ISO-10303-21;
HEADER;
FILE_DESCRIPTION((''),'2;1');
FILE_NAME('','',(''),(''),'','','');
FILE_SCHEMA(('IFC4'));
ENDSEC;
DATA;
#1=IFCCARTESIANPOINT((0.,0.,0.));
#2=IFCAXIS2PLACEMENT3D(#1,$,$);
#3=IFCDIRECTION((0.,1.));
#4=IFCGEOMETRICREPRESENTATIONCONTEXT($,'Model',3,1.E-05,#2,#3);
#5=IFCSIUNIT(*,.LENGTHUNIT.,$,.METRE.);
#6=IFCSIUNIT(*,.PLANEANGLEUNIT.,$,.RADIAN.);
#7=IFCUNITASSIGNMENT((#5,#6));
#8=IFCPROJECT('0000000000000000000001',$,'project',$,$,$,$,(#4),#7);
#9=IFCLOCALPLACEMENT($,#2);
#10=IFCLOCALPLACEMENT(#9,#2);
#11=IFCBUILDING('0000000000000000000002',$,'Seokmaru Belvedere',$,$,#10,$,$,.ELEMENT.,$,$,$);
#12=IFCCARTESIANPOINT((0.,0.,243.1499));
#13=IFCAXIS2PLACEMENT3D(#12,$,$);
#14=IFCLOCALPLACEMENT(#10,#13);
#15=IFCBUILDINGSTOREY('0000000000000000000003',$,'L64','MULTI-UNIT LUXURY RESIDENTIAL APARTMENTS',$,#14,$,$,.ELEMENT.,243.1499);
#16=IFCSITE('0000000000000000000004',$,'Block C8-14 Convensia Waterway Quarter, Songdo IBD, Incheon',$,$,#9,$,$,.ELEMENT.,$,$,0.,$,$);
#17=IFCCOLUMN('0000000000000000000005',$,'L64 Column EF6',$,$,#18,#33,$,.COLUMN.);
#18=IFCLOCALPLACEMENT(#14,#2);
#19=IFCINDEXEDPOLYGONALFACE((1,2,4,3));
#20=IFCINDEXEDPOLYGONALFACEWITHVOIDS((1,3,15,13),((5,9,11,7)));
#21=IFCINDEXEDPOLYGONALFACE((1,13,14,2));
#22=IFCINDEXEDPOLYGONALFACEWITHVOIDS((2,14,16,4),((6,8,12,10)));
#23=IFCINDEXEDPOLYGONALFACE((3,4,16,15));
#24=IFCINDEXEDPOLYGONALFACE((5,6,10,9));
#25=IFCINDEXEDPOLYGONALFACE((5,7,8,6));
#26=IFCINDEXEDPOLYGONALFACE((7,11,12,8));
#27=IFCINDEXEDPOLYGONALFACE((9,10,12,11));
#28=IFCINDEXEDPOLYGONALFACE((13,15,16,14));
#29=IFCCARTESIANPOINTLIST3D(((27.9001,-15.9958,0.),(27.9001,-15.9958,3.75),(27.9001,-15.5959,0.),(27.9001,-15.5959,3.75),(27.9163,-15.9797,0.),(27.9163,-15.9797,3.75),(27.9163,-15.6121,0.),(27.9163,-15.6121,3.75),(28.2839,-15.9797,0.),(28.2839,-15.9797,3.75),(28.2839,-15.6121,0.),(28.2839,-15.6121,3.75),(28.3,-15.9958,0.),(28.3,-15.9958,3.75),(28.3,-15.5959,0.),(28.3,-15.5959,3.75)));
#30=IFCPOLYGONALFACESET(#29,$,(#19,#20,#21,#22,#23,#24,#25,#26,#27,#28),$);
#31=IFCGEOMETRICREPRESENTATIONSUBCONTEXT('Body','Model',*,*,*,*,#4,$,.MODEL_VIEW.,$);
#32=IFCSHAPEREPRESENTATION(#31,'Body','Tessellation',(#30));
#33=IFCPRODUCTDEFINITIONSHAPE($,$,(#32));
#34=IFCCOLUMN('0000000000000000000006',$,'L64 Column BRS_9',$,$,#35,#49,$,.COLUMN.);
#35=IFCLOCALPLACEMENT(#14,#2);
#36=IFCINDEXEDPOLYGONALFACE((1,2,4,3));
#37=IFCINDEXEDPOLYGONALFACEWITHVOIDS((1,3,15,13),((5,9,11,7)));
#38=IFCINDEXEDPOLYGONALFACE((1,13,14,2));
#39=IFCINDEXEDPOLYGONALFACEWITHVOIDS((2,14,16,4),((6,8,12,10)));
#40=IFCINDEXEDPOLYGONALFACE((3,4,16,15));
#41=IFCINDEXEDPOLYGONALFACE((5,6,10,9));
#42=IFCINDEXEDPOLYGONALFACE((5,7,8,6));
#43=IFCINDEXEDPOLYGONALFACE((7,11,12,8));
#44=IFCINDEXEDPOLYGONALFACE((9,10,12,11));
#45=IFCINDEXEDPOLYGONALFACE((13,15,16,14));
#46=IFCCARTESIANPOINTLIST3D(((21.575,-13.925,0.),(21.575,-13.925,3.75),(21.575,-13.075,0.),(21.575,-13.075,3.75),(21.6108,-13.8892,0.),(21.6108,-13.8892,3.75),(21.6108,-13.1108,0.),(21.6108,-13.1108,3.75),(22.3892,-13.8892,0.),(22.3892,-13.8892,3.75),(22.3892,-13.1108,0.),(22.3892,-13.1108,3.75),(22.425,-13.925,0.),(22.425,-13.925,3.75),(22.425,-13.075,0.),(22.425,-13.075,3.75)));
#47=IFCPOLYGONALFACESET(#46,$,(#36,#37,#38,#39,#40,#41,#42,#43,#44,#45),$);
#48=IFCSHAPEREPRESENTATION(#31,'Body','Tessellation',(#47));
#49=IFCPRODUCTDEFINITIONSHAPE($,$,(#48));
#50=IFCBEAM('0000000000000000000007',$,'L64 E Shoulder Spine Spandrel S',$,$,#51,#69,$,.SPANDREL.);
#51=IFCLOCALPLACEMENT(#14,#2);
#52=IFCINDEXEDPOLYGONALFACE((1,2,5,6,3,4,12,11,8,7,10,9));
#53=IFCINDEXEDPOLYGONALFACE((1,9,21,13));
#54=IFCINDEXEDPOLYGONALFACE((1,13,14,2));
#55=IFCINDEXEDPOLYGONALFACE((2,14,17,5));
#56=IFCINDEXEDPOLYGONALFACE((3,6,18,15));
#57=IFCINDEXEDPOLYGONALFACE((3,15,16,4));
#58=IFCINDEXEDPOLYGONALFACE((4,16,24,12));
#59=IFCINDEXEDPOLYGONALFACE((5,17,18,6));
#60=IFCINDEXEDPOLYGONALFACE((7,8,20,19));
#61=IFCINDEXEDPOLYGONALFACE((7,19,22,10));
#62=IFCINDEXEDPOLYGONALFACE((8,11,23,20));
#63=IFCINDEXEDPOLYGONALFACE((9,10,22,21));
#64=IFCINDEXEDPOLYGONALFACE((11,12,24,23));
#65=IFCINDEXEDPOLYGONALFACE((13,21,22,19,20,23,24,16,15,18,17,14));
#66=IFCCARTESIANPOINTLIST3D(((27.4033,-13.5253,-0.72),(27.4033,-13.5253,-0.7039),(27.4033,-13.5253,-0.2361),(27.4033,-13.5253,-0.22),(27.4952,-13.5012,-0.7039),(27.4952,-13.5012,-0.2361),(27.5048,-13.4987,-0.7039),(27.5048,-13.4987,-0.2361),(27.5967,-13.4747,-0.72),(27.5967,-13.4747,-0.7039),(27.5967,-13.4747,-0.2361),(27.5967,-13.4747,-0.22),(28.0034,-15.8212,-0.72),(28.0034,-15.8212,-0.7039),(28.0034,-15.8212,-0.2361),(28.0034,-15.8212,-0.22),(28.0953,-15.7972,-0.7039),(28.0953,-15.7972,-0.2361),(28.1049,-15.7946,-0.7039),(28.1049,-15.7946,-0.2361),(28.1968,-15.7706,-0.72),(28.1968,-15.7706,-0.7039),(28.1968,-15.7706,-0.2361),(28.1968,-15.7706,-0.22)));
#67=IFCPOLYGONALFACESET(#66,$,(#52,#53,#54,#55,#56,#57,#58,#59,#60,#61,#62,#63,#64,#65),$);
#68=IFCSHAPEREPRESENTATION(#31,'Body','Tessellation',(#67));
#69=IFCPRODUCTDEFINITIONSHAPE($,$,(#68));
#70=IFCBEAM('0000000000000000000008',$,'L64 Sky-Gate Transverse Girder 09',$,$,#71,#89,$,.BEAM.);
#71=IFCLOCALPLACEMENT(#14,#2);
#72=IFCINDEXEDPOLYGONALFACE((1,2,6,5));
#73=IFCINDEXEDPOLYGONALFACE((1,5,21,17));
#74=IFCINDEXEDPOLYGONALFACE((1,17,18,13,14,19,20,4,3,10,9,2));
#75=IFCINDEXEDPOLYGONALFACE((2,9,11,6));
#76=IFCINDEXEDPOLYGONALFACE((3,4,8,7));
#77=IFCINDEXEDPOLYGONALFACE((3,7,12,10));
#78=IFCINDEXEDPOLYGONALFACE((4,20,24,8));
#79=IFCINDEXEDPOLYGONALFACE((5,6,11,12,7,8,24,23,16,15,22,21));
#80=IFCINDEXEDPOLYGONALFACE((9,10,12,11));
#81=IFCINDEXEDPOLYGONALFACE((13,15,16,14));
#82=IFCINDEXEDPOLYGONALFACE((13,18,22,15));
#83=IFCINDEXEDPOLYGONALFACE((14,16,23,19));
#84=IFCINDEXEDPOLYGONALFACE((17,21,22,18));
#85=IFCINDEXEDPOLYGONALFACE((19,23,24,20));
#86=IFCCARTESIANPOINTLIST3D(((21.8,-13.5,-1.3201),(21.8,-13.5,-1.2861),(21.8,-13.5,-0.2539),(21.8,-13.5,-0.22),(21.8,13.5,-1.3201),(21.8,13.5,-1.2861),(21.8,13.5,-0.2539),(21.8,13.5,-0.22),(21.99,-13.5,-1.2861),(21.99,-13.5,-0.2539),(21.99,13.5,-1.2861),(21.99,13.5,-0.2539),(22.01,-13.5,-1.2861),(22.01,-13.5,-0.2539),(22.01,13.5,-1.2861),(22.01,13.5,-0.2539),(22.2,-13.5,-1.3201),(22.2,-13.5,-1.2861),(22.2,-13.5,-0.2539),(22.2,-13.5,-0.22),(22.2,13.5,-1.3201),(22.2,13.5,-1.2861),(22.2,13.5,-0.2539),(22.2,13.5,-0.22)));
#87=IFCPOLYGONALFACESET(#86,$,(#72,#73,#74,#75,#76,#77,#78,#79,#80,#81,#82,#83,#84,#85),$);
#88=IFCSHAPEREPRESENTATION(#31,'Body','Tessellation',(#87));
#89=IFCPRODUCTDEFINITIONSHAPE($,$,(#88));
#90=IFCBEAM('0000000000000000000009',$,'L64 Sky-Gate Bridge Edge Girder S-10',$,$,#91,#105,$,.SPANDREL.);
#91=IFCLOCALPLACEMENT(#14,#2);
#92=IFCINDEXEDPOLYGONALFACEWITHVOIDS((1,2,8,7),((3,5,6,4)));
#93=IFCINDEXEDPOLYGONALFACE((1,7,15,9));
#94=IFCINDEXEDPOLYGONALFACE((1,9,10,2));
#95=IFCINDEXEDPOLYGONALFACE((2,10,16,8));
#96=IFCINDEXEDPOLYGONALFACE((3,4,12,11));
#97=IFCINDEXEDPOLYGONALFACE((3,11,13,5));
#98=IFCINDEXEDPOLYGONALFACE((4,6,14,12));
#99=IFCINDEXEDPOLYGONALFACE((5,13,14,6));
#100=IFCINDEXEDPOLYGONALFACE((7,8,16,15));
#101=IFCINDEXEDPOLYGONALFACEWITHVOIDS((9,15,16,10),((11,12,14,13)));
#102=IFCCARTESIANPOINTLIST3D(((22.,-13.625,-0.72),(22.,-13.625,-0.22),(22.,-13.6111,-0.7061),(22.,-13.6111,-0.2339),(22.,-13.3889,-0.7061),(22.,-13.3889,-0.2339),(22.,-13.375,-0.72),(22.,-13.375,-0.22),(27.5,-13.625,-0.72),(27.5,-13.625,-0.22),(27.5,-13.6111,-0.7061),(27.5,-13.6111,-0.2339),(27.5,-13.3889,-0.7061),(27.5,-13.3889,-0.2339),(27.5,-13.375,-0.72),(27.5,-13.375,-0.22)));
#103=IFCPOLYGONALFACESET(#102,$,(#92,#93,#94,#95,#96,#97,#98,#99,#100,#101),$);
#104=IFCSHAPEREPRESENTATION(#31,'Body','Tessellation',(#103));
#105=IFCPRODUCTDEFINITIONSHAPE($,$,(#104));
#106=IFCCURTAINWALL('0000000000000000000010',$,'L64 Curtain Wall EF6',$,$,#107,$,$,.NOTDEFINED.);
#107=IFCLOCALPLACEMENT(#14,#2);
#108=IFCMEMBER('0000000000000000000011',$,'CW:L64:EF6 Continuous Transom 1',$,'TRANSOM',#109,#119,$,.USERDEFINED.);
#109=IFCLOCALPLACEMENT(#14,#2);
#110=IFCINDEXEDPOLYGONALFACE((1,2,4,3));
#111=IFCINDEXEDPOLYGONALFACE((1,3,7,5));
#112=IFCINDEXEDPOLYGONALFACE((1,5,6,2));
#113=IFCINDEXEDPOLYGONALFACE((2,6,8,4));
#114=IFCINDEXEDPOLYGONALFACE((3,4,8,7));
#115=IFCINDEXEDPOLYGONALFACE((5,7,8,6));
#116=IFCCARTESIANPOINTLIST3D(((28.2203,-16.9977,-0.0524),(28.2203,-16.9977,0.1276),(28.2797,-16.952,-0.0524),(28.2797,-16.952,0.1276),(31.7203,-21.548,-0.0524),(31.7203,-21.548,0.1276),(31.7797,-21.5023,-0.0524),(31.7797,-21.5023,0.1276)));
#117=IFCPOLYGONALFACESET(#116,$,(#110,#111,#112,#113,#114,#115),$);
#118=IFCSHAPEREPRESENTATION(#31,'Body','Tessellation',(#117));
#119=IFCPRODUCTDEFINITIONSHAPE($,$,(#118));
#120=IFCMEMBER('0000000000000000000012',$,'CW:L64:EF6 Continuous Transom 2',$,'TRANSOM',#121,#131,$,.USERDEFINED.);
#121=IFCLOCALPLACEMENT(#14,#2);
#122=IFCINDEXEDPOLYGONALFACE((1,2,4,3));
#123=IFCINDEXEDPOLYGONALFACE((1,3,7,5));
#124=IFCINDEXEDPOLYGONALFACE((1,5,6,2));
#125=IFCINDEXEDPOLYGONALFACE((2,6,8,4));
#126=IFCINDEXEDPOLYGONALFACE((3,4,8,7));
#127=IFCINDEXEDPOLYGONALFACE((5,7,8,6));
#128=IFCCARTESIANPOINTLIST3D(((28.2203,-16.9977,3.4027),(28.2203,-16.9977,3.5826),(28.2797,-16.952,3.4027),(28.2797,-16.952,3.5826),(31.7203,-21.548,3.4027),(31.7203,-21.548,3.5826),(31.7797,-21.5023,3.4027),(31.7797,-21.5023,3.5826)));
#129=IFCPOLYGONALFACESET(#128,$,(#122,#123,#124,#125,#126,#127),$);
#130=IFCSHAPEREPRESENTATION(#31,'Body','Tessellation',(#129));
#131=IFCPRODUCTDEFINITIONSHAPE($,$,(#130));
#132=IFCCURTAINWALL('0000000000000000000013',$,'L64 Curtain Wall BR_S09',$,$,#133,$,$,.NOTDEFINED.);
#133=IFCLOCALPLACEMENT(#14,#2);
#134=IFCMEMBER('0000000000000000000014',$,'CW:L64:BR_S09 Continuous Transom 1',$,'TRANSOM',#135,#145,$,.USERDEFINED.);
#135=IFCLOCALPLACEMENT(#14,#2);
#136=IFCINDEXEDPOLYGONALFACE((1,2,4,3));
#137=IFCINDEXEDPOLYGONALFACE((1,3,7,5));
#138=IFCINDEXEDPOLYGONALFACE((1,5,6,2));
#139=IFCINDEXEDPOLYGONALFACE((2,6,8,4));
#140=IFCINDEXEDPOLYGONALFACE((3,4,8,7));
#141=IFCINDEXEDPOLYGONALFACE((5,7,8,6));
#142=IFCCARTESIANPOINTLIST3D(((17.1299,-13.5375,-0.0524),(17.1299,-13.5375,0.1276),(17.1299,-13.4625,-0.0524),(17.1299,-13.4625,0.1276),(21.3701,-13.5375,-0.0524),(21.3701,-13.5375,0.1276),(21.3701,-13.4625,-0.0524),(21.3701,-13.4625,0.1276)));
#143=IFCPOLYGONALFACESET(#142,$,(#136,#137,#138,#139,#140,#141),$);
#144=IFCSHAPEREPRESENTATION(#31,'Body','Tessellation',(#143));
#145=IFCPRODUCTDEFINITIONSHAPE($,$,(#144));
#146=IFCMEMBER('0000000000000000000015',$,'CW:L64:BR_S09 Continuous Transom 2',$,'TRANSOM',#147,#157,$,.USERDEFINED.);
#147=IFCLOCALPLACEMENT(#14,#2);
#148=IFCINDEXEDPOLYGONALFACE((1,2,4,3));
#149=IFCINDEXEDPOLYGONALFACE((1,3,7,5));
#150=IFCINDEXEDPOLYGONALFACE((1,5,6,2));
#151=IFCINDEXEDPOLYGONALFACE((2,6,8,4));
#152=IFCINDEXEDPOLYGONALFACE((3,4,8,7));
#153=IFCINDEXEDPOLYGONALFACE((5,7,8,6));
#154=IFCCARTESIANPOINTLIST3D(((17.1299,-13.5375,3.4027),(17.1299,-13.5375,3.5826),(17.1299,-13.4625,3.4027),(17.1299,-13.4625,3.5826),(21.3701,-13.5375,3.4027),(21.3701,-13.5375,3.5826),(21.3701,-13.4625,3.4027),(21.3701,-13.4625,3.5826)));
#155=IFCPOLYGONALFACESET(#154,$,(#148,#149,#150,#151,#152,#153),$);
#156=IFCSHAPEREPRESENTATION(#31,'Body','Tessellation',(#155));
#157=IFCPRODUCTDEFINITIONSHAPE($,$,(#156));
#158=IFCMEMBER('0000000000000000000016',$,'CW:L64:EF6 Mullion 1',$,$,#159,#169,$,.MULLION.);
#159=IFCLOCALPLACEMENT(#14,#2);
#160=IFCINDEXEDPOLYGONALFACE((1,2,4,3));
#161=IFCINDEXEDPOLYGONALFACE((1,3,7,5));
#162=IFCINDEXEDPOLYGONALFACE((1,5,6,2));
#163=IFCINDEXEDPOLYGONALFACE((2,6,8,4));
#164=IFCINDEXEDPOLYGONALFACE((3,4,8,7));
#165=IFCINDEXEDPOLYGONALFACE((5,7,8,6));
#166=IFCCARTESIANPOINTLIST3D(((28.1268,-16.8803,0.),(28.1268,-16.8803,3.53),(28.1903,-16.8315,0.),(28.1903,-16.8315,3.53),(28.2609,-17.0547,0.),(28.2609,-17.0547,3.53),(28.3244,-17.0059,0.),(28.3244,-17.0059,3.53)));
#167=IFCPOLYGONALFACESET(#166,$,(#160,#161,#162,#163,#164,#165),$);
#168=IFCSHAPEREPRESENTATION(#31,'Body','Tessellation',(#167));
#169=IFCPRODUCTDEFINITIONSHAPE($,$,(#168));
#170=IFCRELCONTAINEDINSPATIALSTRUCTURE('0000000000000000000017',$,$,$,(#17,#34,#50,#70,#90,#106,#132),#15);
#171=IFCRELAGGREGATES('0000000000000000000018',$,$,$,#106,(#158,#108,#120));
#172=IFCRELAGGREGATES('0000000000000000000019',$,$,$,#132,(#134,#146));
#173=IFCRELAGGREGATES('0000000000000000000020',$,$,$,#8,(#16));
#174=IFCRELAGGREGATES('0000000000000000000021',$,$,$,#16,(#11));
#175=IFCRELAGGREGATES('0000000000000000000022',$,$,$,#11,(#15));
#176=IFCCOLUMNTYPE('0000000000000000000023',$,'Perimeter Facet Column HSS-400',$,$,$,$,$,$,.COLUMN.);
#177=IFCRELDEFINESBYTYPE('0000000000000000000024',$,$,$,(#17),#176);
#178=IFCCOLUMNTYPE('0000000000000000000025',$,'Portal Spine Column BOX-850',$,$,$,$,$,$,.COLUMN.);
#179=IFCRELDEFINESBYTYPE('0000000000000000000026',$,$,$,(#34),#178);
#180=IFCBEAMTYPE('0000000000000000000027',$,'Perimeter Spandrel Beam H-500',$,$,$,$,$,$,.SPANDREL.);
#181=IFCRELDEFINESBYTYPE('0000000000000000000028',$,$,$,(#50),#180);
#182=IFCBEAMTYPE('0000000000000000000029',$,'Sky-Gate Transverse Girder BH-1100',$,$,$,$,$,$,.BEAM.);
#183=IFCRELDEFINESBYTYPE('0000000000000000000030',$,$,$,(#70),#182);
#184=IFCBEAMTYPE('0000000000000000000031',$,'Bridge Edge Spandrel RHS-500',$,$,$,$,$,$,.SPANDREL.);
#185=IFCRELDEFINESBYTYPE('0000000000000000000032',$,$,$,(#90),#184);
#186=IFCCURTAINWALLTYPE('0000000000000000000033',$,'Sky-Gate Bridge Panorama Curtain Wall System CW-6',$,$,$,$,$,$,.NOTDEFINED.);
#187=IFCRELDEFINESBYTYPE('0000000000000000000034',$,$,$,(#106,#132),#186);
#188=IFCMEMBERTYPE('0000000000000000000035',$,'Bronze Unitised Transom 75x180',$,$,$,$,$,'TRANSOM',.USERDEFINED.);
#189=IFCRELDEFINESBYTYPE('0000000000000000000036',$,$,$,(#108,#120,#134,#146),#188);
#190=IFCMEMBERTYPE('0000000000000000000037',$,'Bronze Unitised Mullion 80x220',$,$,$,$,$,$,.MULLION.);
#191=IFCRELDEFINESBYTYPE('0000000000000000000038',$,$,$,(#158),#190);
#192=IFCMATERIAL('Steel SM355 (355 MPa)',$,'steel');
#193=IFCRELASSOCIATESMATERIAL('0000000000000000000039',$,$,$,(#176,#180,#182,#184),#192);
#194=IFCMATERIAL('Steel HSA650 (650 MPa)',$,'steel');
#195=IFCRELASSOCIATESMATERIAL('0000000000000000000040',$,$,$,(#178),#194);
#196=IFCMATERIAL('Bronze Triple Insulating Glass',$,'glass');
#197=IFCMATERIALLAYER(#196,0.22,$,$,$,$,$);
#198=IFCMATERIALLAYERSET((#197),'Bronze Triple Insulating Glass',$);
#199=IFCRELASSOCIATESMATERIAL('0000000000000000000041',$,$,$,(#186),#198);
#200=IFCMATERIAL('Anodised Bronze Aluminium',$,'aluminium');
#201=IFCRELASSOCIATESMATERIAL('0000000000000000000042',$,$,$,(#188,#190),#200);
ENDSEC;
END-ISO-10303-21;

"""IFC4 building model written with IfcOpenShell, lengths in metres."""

from ifc_helpers import new_model, si_unit, direction, frame, origin, origin_2d, place, context, subcontext, project, spatial, rectangle, hollow_rectangle, i_section, extrude, source, transform, mapped, material, layer, layer_set, material_profile, profile_set, type_object, type_shapes, element, aggregate, save


model = new_model("IFC4")

# Units and contexts
model_context = context("Model", 3, precision=1e-05, world=origin(), true_north=direction((0.0, 1.0)))
body_context = subcontext(model_context, "Body", "Model", "MODEL_VIEW")
ifc_project = project(units=[si_unit("LENGTHUNIT", "METRE"), si_unit("PLANEANGLEUNIT", "RADIAN")], contexts=[model_context])

# Site, building, storey
site_placement = place(None, origin())
site = spatial("IfcSite", under=ifc_project, at=site_placement, Name="Block C8-14 Convensia Waterway Quarter, Songdo IBD, Incheon", CompositionType="ELEMENT", RefElevation=0.0)
building_placement = place(site_placement, origin())
building = spatial("IfcBuilding", under=site, at=building_placement, Name="Seokmaru Belvedere", CompositionType="ELEMENT")
storey_placement = place(building_placement, frame((0.0, 0.0, 243.1499)))
storey = spatial("IfcBuildingStorey", under=building, at=storey_placement, Name="L64", Description="MULTI-UNIT LUXURY RESIDENTIAL APARTMENTS", CompositionType="ELEMENT", Elevation=243.1499)

# Columns
ifc_material_1 = material(Name="Steel SM355 (355 MPa)", Category="steel")
ifc_material_profile_1 = material_profile(ifc_material_1, hollow_rectangle(XDim=0.3999, YDim=0.3999, WallThickness=0.0161, at=origin_2d()), Name="HSS-400x400x16")
ifc_profile_set_1 = profile_set([ifc_material_profile_1], Name="Steel SM355 (355 MPa)")
column_type_1 = type_object("IfcColumnType", Name="Perimeter Facet Column HSS-400", PredefinedType="COLUMN", material=ifc_profile_set_1)
shared_shape_1 = source(origin(), body_context, "Body", "SweptSolid", [
    extrude(hollow_rectangle(XDim=0.3999, YDim=0.3999, WallThickness=0.0161, at=origin_2d()), origin(), (0.0, 0.0, 1.0), 3.75),
])
type_shapes(column_type_1, [shared_shape_1])
column_1_placement = place(storey_placement, frame((28.1001, -15.7959, 0.0), z_axis=(0.0, 0.0, 1.0), x_axis=(1.0, 0.0, 0.0)))
element("IfcColumn", 1, at=column_1_placement, inside=storey, type_object=column_type_1, Name="L64 Column EF6", PredefinedType="COLUMN", context=body_context, shape_type="MappedRepresentation", body=[
    mapped(shared_shape_1, transform((0.0, 0.0, 0.0), scale=1.0)),
])
ifc_material_2 = material(Name="Steel HSA650 (650 MPa)", Category="steel")
ifc_material_profile_2 = material_profile(ifc_material_2, hollow_rectangle(XDim=0.8501, YDim=0.8501, WallThickness=0.0359, at=origin_2d()), Name="BOX-850x850x36")
ifc_profile_set_2 = profile_set([ifc_material_profile_2], Name="Steel HSA650 (650 MPa)")
column_type_2 = type_object("IfcColumnType", Name="Portal Spine Column BOX-850", PredefinedType="COLUMN", material=ifc_profile_set_2)
shared_shape_2 = source(origin(), body_context, "Body", "SweptSolid", [
    extrude(hollow_rectangle(XDim=0.8501, YDim=0.8501, WallThickness=0.0359, at=origin_2d()), origin(), (0.0, 0.0, 1.0), 3.75),
])
type_shapes(column_type_2, [shared_shape_2])
column_2_placement = place(storey_placement, frame((22.0, -13.5, 0.0), z_axis=(0.0, 0.0, 1.0), x_axis=(1.0, 0.0, 0.0)))
element("IfcColumn", 2, at=column_2_placement, inside=storey, type_object=column_type_2, Name="L64 Column BRS_9", PredefinedType="COLUMN", context=body_context, shape_type="MappedRepresentation", body=[
    mapped(shared_shape_2, transform((0.0, 0.0, 0.0), scale=1.0)),
])

# Beams
ifc_material_profile_3 = material_profile(ifc_material_1, i_section(OverallWidth=0.2, OverallDepth=0.5, WebThickness=0.01, FlangeThickness=0.0161, at=origin_2d()), Name="H-500x200x10x16")
ifc_profile_set_3 = profile_set([ifc_material_profile_3], Name="Steel SM355 (355 MPa)")
beam_type_1 = type_object("IfcBeamType", Name="Perimeter Spandrel Beam H-500", PredefinedType="SPANDREL", material=ifc_profile_set_3)
shared_shape_3 = source(origin(), body_context, "Body", "SweptSolid", [
    extrude(i_section(OverallWidth=0.2, OverallDepth=0.5, WebThickness=0.01, FlangeThickness=0.0161, at=origin_2d()), origin(), (0.0, 0.0, 1.0), 2.373),
])
type_shapes(beam_type_1, [shared_shape_3])
beam_1_placement = place(storey_placement, frame((28.1001, -15.7959, -0.47), z_axis=(-0.252883, 0.967497, 0.0), x_axis=(-0.967497, -0.252883, 0.0)))
element("IfcBeam", 3, at=beam_1_placement, inside=storey, type_object=beam_type_1, Name="L64 E Shoulder Spine Spandrel S", PredefinedType="SPANDREL", context=body_context, shape_type="MappedRepresentation", body=[
    mapped(shared_shape_3, transform((0.0, 0.0, 0.0), scale=1.0)),
])
ifc_material_profile_4 = material_profile(ifc_material_1, i_section(OverallWidth=0.3999, OverallDepth=1.1001, WebThickness=0.02, FlangeThickness=0.0339, at=origin_2d()), Name="BH-1100x400x20x34")
ifc_profile_set_4 = profile_set([ifc_material_profile_4], Name="Steel SM355 (355 MPa)")
beam_type_2 = type_object("IfcBeamType", Name="Sky-Gate Transverse Girder BH-1100", PredefinedType="BEAM", material=ifc_profile_set_4)
shared_shape_4 = source(origin(), body_context, "Body", "SweptSolid", [
    extrude(i_section(OverallWidth=0.3999, OverallDepth=1.1001, WebThickness=0.02, FlangeThickness=0.0339, at=origin_2d()), origin(), (0.0, 0.0, 1.0), 27.0),
])
type_shapes(beam_type_2, [shared_shape_4])
beam_2_placement = place(storey_placement, frame((22.0, -13.5, -0.77), z_axis=(0.0, 1.0, 0.0), x_axis=(-1.0, 0.0, 0.0)))
element("IfcBeam", 4, at=beam_2_placement, inside=storey, type_object=beam_type_2, Name="L64 Sky-Gate Transverse Girder 09", PredefinedType="BEAM", context=body_context, shape_type="MappedRepresentation", body=[
    mapped(shared_shape_4, transform((0.0, 0.0, 0.0), scale=1.0)),
])
ifc_material_profile_5 = material_profile(ifc_material_1, hollow_rectangle(XDim=0.25, YDim=0.5, WallThickness=0.0139, at=origin_2d()), Name="RHS-500x250x14")
ifc_profile_set_5 = profile_set([ifc_material_profile_5], Name="Steel SM355 (355 MPa)")
beam_type_3 = type_object("IfcBeamType", Name="Bridge Edge Spandrel RHS-500", PredefinedType="SPANDREL", material=ifc_profile_set_5)
shared_shape_5 = source(origin(), body_context, "Body", "SweptSolid", [
    extrude(hollow_rectangle(XDim=0.25, YDim=0.5, WallThickness=0.0139, at=origin_2d()), origin(), (0.0, 0.0, 1.0), 5.5),
])
type_shapes(beam_type_3, [shared_shape_5])
beam_3_placement = place(storey_placement, frame((22.0, -13.5, -0.47), z_axis=(1.0, 0.0, 0.0), x_axis=(0.0, 1.0, 0.0)))
element("IfcBeam", 5, at=beam_3_placement, inside=storey, type_object=beam_type_3, Name="L64 Sky-Gate Bridge Edge Girder S-10", PredefinedType="SPANDREL", context=body_context, shape_type="MappedRepresentation", body=[
    mapped(shared_shape_5, transform((0.0, 0.0, 0.0), scale=1.0)),
])

# Curtain walls, members
ifc_material_3 = material(Name="Bronze Triple Insulating Glass", Category="glass")
ifc_layer_1 = layer(ifc_material_3, 0.22)
ifc_layer_set_1 = layer_set([ifc_layer_1], Name="Bronze Triple Insulating Glass")
curtain_wall_type = type_object("IfcCurtainWallType", Name="Sky-Gate Bridge Panorama Curtain Wall System CW-6", PredefinedType="NOTDEFINED", material=ifc_layer_set_1)
curtain_wall_1_placement = place(storey_placement, origin())
curtain_wall_1 = element("IfcCurtainWall", 6, at=curtain_wall_1_placement, inside=storey, type_object=curtain_wall_type, Name="L64 Curtain Wall EF6", PredefinedType="NOTDEFINED")
ifc_material_4 = material(Name="Anodised Bronze Aluminium", Category="aluminium")
ifc_material_profile_6 = material_profile(ifc_material_4, rectangle(XDim=0.075, YDim=0.1799, at=origin_2d()), Name="CW-T-75x180")
ifc_profile_set_6 = profile_set([ifc_material_profile_6], Name="Anodised Bronze Aluminium")
member_type_1 = type_object("IfcMemberType", Name="Bronze Unitised Transom 75x180", ElementType="TRANSOM", PredefinedType="USERDEFINED", material=ifc_profile_set_6)
shared_shape_6 = source(origin(), body_context, "Body", "SweptSolid", [
    extrude(rectangle(XDim=0.075, YDim=0.1799, at=origin_2d()), origin(), (0.0, 0.0, 1.0), 5.7407),
])
member_1_placement = place(storey_placement, frame((28.25, -16.9749, 0.0376), z_axis=(0.609686, -0.792643, 0.0), x_axis=(0.792643, 0.609686, 0.0)))
member_1 = element("IfcMember", 7, at=member_1_placement, type_object=member_type_1, Name="CW:L64:EF6 Continuous Transom 1", ObjectType="TRANSOM", PredefinedType="USERDEFINED", context=body_context, shape_type="MappedRepresentation", body=[
    mapped(shared_shape_6, transform((0.0, 0.0, 0.0), scale=1.0)),
])
member_2_placement = place(storey_placement, frame((28.25, -16.9749, 3.4927), z_axis=(0.609686, -0.792643, 0.0), x_axis=(0.792643, 0.609686, 0.0)))
member_2 = element("IfcMember", 8, at=member_2_placement, type_object=member_type_1, Name="CW:L64:EF6 Continuous Transom 2", ObjectType="TRANSOM", PredefinedType="USERDEFINED", context=body_context, shape_type="MappedRepresentation", body=[
    mapped(shared_shape_6, transform((0.0, 0.0, 0.0), scale=1.0)),
])
curtain_wall_2_placement = place(storey_placement, origin())
curtain_wall_2 = element("IfcCurtainWall", 9, at=curtain_wall_2_placement, inside=storey, type_object=curtain_wall_type, Name="L64 Curtain Wall BR_S09", PredefinedType="NOTDEFINED")
shared_shape_7 = source(origin(), body_context, "Body", "SweptSolid", [
    extrude(rectangle(XDim=0.075, YDim=0.1799, at=origin_2d()), origin(), (0.0, 0.0, 1.0), 4.2402),
])
type_shapes(member_type_1, [shared_shape_6, shared_shape_7])
member_3_placement = place(storey_placement, frame((17.1299, -13.5, 0.0376), z_axis=(1.0, 0.0, 0.0), x_axis=(0.0, 1.0, 0.0)))
member_3 = element("IfcMember", 10, at=member_3_placement, type_object=member_type_1, Name="CW:L64:BR_S09 Continuous Transom 1", ObjectType="TRANSOM", PredefinedType="USERDEFINED", context=body_context, shape_type="MappedRepresentation", body=[
    mapped(shared_shape_7, transform((0.0, 0.0, 0.0), scale=1.0)),
])
member_4_placement = place(storey_placement, frame((17.1299, -13.5, 3.4927), z_axis=(1.0, 0.0, 0.0), x_axis=(0.0, 1.0, 0.0)))
member_4 = element("IfcMember", 11, at=member_4_placement, type_object=member_type_1, Name="CW:L64:BR_S09 Continuous Transom 2", ObjectType="TRANSOM", PredefinedType="USERDEFINED", context=body_context, shape_type="MappedRepresentation", body=[
    mapped(shared_shape_7, transform((0.0, 0.0, 0.0), scale=1.0)),
])

# Member
ifc_material_profile_7 = material_profile(ifc_material_4, rectangle(XDim=0.0801, YDim=0.22, at=origin_2d()), Name="CW-M-80x220")
ifc_profile_set_7 = profile_set([ifc_material_profile_7], Name="Anodised Bronze Aluminium")
member_type_2 = type_object("IfcMemberType", Name="Bronze Unitised Mullion 80x220", PredefinedType="MULLION", material=ifc_profile_set_7)
shared_shape_8 = source(origin(), body_context, "Body", "SweptSolid", [
    extrude(rectangle(XDim=0.0801, YDim=0.22, at=origin_2d()), origin(), (0.0, 0.0, 1.0), 3.53),
])
type_shapes(member_type_2, [shared_shape_8])
member_5_placement = place(storey_placement, frame((28.2256, -16.9431, 0.0), z_axis=(0.0, 0.0, 1.0), x_axis=(0.792631, 0.609701, 0.0)))
member_5 = element("IfcMember", 12, at=member_5_placement, type_object=member_type_2, Name="CW:L64:EF6 Mullion 1", PredefinedType="MULLION", context=body_context, shape_type="MappedRepresentation", body=[
    mapped(shared_shape_8, transform((0.0, 0.0, 0.0), scale=1.0)),
])

aggregate(curtain_wall_1, [member_5, member_1, member_2])
aggregate(curtain_wall_2, [member_3, member_4])

save(model, "model.ifc")
